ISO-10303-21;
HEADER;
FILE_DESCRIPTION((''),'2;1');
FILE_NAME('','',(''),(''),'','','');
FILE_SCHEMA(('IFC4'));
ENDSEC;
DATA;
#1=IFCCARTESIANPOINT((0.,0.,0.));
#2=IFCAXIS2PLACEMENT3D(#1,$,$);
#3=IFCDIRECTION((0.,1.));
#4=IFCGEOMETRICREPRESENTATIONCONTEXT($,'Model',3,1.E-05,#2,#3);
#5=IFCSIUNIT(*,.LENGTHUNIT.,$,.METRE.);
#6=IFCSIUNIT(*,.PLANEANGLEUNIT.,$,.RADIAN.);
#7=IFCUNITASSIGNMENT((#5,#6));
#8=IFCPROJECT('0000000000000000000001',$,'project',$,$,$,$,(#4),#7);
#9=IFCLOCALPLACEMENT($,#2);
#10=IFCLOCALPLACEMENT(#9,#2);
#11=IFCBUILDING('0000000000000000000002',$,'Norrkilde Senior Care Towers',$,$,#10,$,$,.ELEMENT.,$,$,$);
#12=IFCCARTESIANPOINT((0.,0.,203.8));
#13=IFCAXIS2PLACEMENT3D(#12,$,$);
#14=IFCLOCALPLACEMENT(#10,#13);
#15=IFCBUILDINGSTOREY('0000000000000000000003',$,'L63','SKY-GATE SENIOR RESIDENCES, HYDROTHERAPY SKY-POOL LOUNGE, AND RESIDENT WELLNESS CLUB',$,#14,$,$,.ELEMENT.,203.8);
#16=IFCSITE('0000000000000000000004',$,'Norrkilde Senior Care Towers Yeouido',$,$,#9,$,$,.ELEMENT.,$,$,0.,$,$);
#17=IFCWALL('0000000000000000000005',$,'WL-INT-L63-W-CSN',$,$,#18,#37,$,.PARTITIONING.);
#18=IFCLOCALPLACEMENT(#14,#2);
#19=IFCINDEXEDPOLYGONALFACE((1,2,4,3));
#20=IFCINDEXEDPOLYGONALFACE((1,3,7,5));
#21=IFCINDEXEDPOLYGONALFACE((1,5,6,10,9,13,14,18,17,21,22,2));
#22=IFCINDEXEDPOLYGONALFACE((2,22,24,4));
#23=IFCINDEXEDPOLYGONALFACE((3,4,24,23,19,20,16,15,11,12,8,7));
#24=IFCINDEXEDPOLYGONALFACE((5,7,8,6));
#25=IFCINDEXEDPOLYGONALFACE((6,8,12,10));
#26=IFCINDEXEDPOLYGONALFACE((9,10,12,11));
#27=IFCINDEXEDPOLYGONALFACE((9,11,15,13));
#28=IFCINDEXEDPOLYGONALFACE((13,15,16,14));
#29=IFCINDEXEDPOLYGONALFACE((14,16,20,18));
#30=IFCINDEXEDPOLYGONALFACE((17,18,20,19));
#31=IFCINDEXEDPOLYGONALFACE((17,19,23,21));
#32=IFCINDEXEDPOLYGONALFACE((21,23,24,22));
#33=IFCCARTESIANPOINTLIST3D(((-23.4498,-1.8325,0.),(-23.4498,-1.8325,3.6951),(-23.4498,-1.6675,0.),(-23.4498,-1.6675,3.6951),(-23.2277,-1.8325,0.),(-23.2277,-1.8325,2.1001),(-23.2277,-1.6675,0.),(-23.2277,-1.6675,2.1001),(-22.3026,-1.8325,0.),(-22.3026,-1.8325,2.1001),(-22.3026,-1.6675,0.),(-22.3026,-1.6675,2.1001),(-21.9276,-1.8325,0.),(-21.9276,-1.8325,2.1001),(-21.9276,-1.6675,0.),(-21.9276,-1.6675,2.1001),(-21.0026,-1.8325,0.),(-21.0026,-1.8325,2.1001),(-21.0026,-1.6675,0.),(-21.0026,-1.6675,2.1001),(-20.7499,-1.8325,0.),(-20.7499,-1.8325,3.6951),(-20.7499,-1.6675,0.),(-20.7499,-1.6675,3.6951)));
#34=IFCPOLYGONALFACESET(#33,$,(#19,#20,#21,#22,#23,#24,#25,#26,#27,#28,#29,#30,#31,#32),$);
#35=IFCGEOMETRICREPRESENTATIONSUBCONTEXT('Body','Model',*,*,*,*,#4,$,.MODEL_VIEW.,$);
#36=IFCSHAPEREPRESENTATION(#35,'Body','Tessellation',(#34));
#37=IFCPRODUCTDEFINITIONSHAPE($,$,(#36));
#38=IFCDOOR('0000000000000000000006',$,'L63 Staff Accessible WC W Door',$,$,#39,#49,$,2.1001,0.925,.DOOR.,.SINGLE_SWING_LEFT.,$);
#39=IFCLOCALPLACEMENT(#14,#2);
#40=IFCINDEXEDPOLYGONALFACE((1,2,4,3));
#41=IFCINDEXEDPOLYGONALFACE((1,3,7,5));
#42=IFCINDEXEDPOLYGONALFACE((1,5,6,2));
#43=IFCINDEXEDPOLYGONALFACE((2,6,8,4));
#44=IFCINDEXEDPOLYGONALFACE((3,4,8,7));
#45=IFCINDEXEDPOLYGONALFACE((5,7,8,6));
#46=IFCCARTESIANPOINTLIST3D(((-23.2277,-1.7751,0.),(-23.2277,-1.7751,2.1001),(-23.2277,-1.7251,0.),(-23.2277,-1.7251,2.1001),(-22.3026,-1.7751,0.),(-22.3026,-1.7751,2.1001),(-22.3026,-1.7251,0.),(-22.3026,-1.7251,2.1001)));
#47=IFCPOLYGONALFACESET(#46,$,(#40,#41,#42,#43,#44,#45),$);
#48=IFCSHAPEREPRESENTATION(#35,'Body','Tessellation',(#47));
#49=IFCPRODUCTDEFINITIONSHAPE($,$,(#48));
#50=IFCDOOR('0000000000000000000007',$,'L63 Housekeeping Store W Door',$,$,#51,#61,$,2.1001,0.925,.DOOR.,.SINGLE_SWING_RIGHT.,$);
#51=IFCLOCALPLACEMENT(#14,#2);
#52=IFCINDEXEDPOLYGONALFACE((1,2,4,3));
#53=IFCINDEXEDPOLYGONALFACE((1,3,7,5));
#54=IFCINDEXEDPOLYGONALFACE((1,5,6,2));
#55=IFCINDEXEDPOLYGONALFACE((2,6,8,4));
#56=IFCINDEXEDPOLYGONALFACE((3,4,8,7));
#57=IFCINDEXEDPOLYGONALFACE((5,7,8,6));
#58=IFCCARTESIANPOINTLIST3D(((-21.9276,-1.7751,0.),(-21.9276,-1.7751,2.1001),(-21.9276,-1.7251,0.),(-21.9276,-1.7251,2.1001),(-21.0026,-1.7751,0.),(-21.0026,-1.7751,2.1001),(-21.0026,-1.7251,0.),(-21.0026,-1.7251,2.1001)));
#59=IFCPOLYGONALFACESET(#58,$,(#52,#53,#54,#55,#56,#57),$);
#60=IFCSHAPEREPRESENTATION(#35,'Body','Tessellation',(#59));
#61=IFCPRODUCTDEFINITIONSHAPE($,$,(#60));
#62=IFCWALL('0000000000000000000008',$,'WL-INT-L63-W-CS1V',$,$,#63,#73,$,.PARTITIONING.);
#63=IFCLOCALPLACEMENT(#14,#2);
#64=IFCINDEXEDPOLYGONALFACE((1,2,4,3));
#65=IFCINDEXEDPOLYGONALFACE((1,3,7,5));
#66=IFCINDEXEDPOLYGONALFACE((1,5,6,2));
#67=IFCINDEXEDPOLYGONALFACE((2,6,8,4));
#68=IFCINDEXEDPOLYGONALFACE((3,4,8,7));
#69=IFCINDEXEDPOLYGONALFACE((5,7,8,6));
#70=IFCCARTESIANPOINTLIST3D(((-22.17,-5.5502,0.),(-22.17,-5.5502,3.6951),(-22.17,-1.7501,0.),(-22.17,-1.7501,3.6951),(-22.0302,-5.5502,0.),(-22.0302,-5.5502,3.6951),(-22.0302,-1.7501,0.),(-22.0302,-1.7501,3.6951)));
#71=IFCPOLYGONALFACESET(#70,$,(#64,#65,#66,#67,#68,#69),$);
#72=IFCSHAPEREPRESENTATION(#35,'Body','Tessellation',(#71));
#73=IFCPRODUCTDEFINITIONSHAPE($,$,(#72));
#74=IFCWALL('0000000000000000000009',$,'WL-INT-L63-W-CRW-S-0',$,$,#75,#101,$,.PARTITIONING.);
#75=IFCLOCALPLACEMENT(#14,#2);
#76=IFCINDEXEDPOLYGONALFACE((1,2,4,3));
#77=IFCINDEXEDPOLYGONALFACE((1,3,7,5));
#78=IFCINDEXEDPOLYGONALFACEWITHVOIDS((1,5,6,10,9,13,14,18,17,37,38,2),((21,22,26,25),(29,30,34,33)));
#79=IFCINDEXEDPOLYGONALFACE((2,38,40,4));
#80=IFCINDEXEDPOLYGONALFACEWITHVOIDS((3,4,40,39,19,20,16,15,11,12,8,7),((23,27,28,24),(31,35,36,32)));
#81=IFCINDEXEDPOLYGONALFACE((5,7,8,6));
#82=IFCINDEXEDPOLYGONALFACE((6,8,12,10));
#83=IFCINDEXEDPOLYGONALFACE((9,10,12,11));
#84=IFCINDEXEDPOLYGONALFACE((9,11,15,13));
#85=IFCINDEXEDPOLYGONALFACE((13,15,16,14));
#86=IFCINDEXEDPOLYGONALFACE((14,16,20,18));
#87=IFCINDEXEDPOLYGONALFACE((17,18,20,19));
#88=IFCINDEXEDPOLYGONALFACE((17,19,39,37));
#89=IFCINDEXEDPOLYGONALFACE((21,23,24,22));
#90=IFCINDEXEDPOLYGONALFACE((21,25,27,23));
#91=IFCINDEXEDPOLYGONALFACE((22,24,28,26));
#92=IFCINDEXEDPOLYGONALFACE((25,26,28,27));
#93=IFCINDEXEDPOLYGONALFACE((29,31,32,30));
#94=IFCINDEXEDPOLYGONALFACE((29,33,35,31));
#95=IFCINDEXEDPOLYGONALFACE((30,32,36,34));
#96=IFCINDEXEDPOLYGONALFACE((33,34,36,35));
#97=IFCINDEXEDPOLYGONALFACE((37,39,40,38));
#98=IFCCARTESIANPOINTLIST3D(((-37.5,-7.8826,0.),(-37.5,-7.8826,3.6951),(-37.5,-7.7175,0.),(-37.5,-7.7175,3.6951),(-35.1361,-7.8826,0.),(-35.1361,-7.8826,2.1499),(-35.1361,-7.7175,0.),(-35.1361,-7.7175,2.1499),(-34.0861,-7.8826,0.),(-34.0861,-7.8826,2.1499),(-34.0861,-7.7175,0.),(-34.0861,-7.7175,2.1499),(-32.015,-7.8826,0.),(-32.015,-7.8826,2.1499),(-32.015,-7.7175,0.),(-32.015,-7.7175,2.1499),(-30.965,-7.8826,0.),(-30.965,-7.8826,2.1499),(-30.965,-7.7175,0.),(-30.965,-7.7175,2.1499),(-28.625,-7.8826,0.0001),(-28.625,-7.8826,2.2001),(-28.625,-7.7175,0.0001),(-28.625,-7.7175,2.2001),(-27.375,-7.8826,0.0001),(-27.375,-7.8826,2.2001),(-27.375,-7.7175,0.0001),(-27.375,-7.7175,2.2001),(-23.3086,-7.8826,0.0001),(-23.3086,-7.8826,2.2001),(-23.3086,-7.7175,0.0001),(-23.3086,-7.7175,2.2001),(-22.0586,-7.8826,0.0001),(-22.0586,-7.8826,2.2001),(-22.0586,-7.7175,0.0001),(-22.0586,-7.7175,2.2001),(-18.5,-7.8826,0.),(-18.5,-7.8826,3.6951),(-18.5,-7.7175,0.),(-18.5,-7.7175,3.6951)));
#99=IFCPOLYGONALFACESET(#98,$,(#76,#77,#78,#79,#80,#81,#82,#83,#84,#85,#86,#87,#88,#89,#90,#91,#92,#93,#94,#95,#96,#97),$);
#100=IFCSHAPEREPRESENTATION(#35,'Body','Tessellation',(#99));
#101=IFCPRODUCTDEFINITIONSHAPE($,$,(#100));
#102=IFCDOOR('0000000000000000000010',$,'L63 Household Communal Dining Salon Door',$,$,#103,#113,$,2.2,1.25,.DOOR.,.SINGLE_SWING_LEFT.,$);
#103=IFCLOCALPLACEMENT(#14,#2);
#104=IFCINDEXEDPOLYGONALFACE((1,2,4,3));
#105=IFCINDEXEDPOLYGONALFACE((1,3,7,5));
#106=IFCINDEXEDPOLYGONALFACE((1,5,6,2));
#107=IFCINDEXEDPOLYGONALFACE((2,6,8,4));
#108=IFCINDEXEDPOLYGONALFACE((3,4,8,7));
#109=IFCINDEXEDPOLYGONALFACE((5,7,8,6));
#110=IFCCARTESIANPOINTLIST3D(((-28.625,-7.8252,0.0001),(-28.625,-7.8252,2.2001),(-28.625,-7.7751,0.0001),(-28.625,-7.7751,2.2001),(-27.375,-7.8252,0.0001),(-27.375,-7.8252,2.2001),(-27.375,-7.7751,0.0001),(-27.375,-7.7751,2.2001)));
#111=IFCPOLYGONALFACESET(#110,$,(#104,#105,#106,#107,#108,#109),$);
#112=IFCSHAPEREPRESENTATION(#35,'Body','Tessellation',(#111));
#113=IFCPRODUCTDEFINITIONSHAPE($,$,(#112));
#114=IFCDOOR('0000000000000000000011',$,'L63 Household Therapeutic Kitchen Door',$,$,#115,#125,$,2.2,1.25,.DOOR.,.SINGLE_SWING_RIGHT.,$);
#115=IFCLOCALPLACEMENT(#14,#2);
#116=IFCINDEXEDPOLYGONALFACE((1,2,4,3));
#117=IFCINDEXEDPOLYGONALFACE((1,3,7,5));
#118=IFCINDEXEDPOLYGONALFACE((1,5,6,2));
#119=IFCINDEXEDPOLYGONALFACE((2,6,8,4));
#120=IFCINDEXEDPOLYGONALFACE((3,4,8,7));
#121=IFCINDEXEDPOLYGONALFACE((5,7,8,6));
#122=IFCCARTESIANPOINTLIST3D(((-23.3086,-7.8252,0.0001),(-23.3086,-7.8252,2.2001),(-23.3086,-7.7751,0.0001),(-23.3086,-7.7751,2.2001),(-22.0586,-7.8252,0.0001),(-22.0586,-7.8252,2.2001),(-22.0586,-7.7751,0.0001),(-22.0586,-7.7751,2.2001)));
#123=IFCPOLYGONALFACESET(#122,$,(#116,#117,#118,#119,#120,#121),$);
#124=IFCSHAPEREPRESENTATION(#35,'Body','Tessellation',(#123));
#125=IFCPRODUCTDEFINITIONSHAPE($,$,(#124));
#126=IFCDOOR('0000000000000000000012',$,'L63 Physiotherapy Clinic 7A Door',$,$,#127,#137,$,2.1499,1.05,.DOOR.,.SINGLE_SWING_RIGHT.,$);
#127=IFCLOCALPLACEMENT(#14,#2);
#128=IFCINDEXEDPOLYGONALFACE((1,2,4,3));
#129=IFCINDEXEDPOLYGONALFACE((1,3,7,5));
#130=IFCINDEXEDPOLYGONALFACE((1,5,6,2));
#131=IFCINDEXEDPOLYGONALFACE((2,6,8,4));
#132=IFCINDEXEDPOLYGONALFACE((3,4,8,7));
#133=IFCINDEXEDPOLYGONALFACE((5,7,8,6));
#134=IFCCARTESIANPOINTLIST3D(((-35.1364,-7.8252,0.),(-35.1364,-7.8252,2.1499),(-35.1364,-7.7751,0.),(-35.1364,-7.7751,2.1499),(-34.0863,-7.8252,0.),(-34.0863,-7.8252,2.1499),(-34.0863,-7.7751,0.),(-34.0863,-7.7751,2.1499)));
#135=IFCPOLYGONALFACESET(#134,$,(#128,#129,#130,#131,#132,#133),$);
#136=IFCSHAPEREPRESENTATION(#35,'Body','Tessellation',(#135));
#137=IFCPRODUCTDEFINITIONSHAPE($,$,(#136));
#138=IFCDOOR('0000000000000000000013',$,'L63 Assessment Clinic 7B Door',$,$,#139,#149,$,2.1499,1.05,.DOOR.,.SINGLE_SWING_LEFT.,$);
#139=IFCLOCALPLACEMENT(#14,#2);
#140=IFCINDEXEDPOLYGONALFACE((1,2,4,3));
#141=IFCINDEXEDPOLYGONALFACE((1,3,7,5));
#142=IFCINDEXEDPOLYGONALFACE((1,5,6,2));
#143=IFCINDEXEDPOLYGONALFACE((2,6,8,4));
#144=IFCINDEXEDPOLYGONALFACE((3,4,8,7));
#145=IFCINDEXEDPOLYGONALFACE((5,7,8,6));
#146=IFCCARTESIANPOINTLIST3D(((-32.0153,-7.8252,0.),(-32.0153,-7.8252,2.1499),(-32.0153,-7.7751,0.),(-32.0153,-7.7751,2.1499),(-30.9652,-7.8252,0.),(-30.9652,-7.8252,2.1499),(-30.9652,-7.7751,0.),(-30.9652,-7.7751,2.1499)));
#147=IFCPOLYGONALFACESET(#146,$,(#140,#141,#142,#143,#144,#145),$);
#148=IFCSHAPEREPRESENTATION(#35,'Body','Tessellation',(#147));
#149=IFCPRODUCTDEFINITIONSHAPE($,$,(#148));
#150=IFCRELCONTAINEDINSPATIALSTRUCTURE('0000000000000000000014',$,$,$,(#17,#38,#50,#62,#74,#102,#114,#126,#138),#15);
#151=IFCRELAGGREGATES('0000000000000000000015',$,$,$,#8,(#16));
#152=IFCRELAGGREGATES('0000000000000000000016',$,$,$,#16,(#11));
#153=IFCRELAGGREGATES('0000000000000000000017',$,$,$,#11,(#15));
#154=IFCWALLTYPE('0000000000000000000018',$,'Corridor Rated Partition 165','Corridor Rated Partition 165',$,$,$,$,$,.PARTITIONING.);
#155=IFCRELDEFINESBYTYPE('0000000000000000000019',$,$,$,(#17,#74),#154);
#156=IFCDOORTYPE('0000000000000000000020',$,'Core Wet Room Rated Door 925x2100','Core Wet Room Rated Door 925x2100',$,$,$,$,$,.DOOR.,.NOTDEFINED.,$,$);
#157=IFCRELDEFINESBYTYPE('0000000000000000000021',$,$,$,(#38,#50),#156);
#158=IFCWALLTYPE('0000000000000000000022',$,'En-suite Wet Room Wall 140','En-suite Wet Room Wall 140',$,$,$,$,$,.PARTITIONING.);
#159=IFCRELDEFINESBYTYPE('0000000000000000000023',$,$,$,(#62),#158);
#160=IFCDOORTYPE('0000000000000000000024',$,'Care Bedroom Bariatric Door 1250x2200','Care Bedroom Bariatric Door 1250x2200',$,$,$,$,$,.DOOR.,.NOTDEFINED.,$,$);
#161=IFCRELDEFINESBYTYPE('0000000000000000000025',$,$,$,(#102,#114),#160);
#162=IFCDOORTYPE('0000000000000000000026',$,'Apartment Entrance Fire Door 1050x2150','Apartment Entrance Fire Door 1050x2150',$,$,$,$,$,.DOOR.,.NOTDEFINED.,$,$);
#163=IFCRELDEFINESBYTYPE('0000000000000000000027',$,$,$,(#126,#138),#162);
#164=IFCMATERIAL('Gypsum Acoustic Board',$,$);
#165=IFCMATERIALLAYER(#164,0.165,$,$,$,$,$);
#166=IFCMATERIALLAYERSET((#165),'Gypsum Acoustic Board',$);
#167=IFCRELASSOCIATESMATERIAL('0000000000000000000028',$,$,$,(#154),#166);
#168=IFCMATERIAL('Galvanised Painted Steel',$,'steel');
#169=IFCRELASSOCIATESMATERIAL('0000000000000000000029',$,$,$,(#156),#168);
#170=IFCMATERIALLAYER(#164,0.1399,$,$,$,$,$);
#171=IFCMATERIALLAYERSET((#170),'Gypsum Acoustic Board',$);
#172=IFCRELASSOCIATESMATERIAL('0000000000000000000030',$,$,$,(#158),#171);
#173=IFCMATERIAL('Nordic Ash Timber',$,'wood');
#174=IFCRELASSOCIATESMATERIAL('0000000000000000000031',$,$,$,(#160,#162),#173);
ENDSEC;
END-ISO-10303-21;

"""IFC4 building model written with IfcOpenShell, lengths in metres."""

from ifc_helpers import new_model, si_unit, direction, frame, frame_2d, origin, place, context, subcontext, project, spatial, rectangle, extrude, source, transform, mapped, material, layer, layer_set, type_object, type_shapes, element, fill, save


model = new_model("IFC4")

# Units and contexts
model_context = context("Model", 3, precision=1e-05, world=origin(), true_north=direction((0.0, 1.0)))
body_context = subcontext(model_context, "Body", "Model", "MODEL_VIEW")
ifc_project = project(units=[si_unit("LENGTHUNIT", "METRE"), si_unit("PLANEANGLEUNIT", "RADIAN")], contexts=[model_context])

# Site, building, storey
site_placement = place(None, origin())
site = spatial("IfcSite", under=ifc_project, at=site_placement, Name="Norrkilde Senior Care Towers Yeouido", CompositionType="ELEMENT", RefElevation=0.0)
building_placement = place(site_placement, origin())
building = spatial("IfcBuilding", under=site, at=building_placement, Name="Norrkilde Senior Care Towers", CompositionType="ELEMENT")
storey_placement = place(building_placement, frame((0.0, 0.0, 203.8)))
storey = spatial("IfcBuildingStorey", under=building, at=storey_placement, Name="L63", Description="SKY-GATE SENIOR RESIDENCES, HYDROTHERAPY SKY-POOL LOUNGE, AND RESIDENT WELLNESS CLUB", CompositionType="ELEMENT", Elevation=203.8)

# Wall, openings, doors
ifc_material_1 = material(Name="Gypsum Acoustic Board")
ifc_layer_1 = layer(ifc_material_1, 0.165)
ifc_layer_set_1 = layer_set([ifc_layer_1], Name="Gypsum Acoustic Board")
wall_type_1 = type_object("IfcWallType", Name="Corridor Rated Partition 165", Description="Corridor Rated Partition 165", PredefinedType="PARTITIONING", material=ifc_layer_set_1)
shared_shape_1 = source(origin(), body_context, "Body", "SweptSolid", [
    extrude(rectangle(XDim=2.7, YDim=0.165, at=frame_2d((1.3501, 0.0))), origin(), (0.0, 0.0, 1.0), 3.6951),
])
wall_1_placement = place(storey_placement, frame((-23.45, -1.75, 0.0), z_axis=(0.0, 0.0, 1.0), x_axis=(1.0, 0.0, 0.0)))
wall_1 = element("IfcWall", 1, at=wall_1_placement, inside=storey, type_object=wall_type_1, Name="WL-INT-L63-W-CSN", PredefinedType="PARTITIONING", context=body_context, shape_type="MappedRepresentation", body=[
    mapped(shared_shape_1, transform((0.0, 0.0, 0.0), x_axis=(1.0, 0.0, 0.0), y_axis=(0.0, 1.0, 0.0), z_axis=(0.0, 0.0, 1.0), scale=1.0)),
])
opening_1_placement = place(wall_1_placement, frame((0.2224, 0.0, 0.0)))
opening_1 = element("IfcOpeningElement", 2, at=opening_1_placement, cuts=wall_1, PredefinedType="OPENING", context=body_context, shape_type="SweptSolid", body=[
    extrude(rectangle(XDim=0.925, YDim=2.1001, at=frame_2d((0.4624, 1.05))), frame((0.0, 0.0925, 0.0), z_axis=(0.0, -1.0, 0.0), x_axis=(1.0, 0.0, 0.0)), (0.0, 0.0, 1.0), 0.1851),
])
opening_2_placement = place(wall_1_placement, frame((1.5225, 0.0, 0.0)))
opening_2 = element("IfcOpeningElement", 3, at=opening_2_placement, cuts=wall_1, PredefinedType="OPENING", context=body_context, shape_type="SweptSolid", body=[
    extrude(rectangle(XDim=0.925, YDim=2.1001, at=frame_2d((0.4624, 1.05))), frame((0.0, 0.0925, 0.0), z_axis=(0.0, -1.0, 0.0), x_axis=(1.0, 0.0, 0.0)), (0.0, 0.0, 1.0), 0.1851),
])
ifc_material_2 = material(Name="Galvanised Painted Steel", Category="steel")
door_type_1 = type_object("IfcDoorType", Name="Core Wet Room Rated Door 925x2100", Description="Core Wet Room Rated Door 925x2100", OperationType="NOTDEFINED", PredefinedType="DOOR", material=ifc_material_2)
shared_shape_2 = source(origin(), body_context, "Body", "SweptSolid", [
    extrude(rectangle(XDim=0.925, YDim=2.1001, at=frame_2d((0.4624, 1.05))), frame((0.0, 0.0249, 0.0), z_axis=(0.0, -1.0, 0.0), x_axis=(1.0, 0.0, 0.0)), (0.0, 0.0, 1.0), 0.05),
])
type_shapes(door_type_1, [shared_shape_2])
door_1_placement = place(opening_1_placement, origin())
door_1 = element("IfcDoor", 4, at=door_1_placement, inside=storey, type_object=door_type_1, Name="L63 Staff Accessible WC W Door", OperationType="SINGLE_SWING_LEFT", OverallHeight=2.1001, OverallWidth=0.925, PredefinedType="DOOR", context=body_context, shape_type="MappedRepresentation", body=[
    mapped(shared_shape_2, transform((0.0, 0.0, 0.0), x_axis=(1.0, 0.0, 0.0), y_axis=(0.0, 1.0, 0.0), z_axis=(0.0, 0.0, 1.0), scale=1.0)),
])
fill(opening_1, door_1)
door_2_placement = place(opening_2_placement, origin())
door_2 = element("IfcDoor", 5, at=door_2_placement, inside=storey, type_object=door_type_1, Name="L63 Housekeeping Store W Door", OperationType="SINGLE_SWING_RIGHT", OverallHeight=2.1001, OverallWidth=0.925, PredefinedType="DOOR", context=body_context, shape_type="MappedRepresentation", body=[
    mapped(shared_shape_2, transform((0.0, 0.0, 0.0), x_axis=(1.0, 0.0, 0.0), y_axis=(0.0, 1.0, 0.0), z_axis=(0.0, 0.0, 1.0), scale=1.0)),
])
fill(opening_2, door_2)

# Wall
ifc_layer_2 = layer(ifc_material_1, 0.1399)
ifc_layer_set_2 = layer_set([ifc_layer_2], Name="Gypsum Acoustic Board")
wall_type_2 = type_object("IfcWallType", Name="En-suite Wet Room Wall 140", Description="En-suite Wet Room Wall 140", PredefinedType="PARTITIONING", material=ifc_layer_set_2)
shared_shape_3 = source(origin(), body_context, "Body", "SweptSolid", [
    extrude(rectangle(XDim=3.8, YDim=0.1399, at=frame_2d((1.8999, 0.0))), origin(), (0.0, 0.0, 1.0), 3.6951),
])
type_shapes(wall_type_2, [shared_shape_3])
wall_2_placement = place(storey_placement, frame((-22.1001, -5.55, 0.0), z_axis=(0.0, 0.0, 1.0), x_axis=(0.0, 1.0, 0.0)))
element("IfcWall", 6, at=wall_2_placement, inside=storey, type_object=wall_type_2, Name="WL-INT-L63-W-CS1V", PredefinedType="PARTITIONING", context=body_context, shape_type="MappedRepresentation", body=[
    mapped(shared_shape_3, transform((0.0, 0.0, 0.0), x_axis=(1.0, 0.0, 0.0), y_axis=(0.0, 1.0, 0.0), z_axis=(0.0, 0.0, 1.0), scale=1.0)),
])

# Wall, openings, doors
shared_shape_4 = source(origin(), body_context, "Body", "SweptSolid", [
    extrude(rectangle(XDim=19.0, YDim=0.165, at=frame_2d((9.5, 0.0))), origin(), (0.0, 0.0, 1.0), 3.6951),
])
wall_3_placement = place(storey_placement, frame((-18.5, -7.8, 0.0), z_axis=(0.0, 0.0, 1.0), x_axis=(-1.0, 0.0, 0.0)))
wall_3 = element("IfcWall", 7, at=wall_3_placement, inside=storey, type_object=wall_type_1, Name="WL-INT-L63-W-CRW-S-0", PredefinedType="PARTITIONING", context=body_context, shape_type="MappedRepresentation", body=[
    mapped(shared_shape_4, transform((0.0, 0.0, 0.0), x_axis=(1.0, 0.0, 0.0), y_axis=(0.0, 1.0, 0.0), z_axis=(0.0, 0.0, 1.0), scale=1.0)),
])
opening_3_placement = place(wall_3_placement, frame((15.5862, 0.0, 0.0)))
opening_3 = element("IfcOpeningElement", 8, at=opening_3_placement, cuts=wall_3, PredefinedType="OPENING", context=body_context, shape_type="SweptSolid", body=[
    extrude(rectangle(XDim=1.05, YDim=2.1499, at=frame_2d((0.5249, 1.075))), frame((0.0, 0.0925, 0.0), z_axis=(0.0, -1.0, 0.0), x_axis=(1.0, 0.0, 0.0)), (0.0, 0.0, 1.0), 0.1851),
])
opening_4_placement = place(wall_3_placement, frame((12.4651, 0.0, 0.0)))
opening_4 = element("IfcOpeningElement", 9, at=opening_4_placement, cuts=wall_3, PredefinedType="OPENING", context=body_context, shape_type="SweptSolid", body=[
    extrude(rectangle(XDim=1.05, YDim=2.1499, at=frame_2d((0.5249, 1.075))), frame((0.0, 0.0925, 0.0), z_axis=(0.0, -1.0, 0.0), x_axis=(1.0, 0.0, 0.0)), (0.0, 0.0, 1.0), 0.1851),
])
opening_5_placement = place(wall_3_placement, frame((8.875, 0.0, 0.0)))
opening_5 = element("IfcOpeningElement", 10, at=opening_5_placement, cuts=wall_3, PredefinedType="OPENING", context=body_context, shape_type="SweptSolid", body=[
    extrude(rectangle(XDim=1.25, YDim=2.2, at=frame_2d((0.625, 1.1001))), frame((0.0, 0.0925, 0.0), z_axis=(0.0, -1.0, 0.0), x_axis=(1.0, 0.0, 0.0)), (0.0, 0.0, 1.0), 0.1851),
])
opening_6_placement = place(wall_3_placement, frame((3.5586, 0.0, 0.0)))
opening_6 = element("IfcOpeningElement", 11, at=opening_6_placement, cuts=wall_3, PredefinedType="OPENING", context=body_context, shape_type="SweptSolid", body=[
    extrude(rectangle(XDim=1.25, YDim=2.2, at=frame_2d((0.625, 1.1001))), frame((0.0, 0.0925, 0.0), z_axis=(0.0, -1.0, 0.0), x_axis=(1.0, 0.0, 0.0)), (0.0, 0.0, 1.0), 0.1851),
])
ifc_material_3 = material(Name="Nordic Ash Timber", Category="wood")
door_type_2 = type_object("IfcDoorType", Name="Care Bedroom Bariatric Door 1250x2200", Description="Care Bedroom Bariatric Door 1250x2200", OperationType="NOTDEFINED", PredefinedType="DOOR", material=ifc_material_3)
shared_shape_5 = source(origin(), body_context, "Body", "SweptSolid", [
    extrude(rectangle(XDim=1.25, YDim=2.2, at=frame_2d((0.625, 1.1001))), frame((0.0, 0.0249, 0.0), z_axis=(0.0, -1.0, 0.0), x_axis=(1.0, 0.0, 0.0)), (0.0, 0.0, 1.0), 0.05),
])
type_shapes(door_type_2, [shared_shape_5])
door_3_placement = place(opening_5_placement, frame((1.25, 0.0, 0.0), z_axis=(0.0, 0.0, 1.0), x_axis=(-1.0, 0.0, 0.0)))
door_3 = element("IfcDoor", 12, at=door_3_placement, inside=storey, type_object=door_type_2, Name="L63 Household Communal Dining Salon Door", OperationType="SINGLE_SWING_LEFT", OverallHeight=2.2, OverallWidth=1.25, PredefinedType="DOOR", context=body_context, shape_type="MappedRepresentation", body=[
    mapped(shared_shape_5, transform((0.0, 0.0, 0.0), x_axis=(1.0, 0.0, 0.0), y_axis=(0.0, 1.0, 0.0), z_axis=(0.0, 0.0, 1.0), scale=1.0)),
])
fill(opening_5, door_3)
door_4_placement = place(opening_6_placement, frame((1.25, 0.0, 0.0), z_axis=(0.0, 0.0, 1.0), x_axis=(-1.0, 0.0, 0.0)))
door_4 = element("IfcDoor", 13, at=door_4_placement, inside=storey, type_object=door_type_2, Name="L63 Household Therapeutic Kitchen Door", OperationType="SINGLE_SWING_RIGHT", OverallHeight=2.2, OverallWidth=1.25, PredefinedType="DOOR", context=body_context, shape_type="MappedRepresentation", body=[
    mapped(shared_shape_5, transform((0.0, 0.0, 0.0), x_axis=(1.0, 0.0, 0.0), y_axis=(0.0, 1.0, 0.0), z_axis=(0.0, 0.0, 1.0), scale=1.0)),
])
fill(opening_6, door_4)
door_type_3 = type_object("IfcDoorType", Name="Apartment Entrance Fire Door 1050x2150", Description="Apartment Entrance Fire Door 1050x2150", OperationType="NOTDEFINED", PredefinedType="DOOR", material=ifc_material_3)
shared_shape_6 = source(origin(), body_context, "Body", "SweptSolid", [
    extrude(rectangle(XDim=1.05, YDim=2.1499, at=frame_2d((0.5249, 1.075))), frame((0.0, 0.0249, 0.0), z_axis=(0.0, -1.0, 0.0), x_axis=(1.0, 0.0, 0.0)), (0.0, 0.0, 1.0), 0.05),
])
type_shapes(door_type_3, [shared_shape_6])
door_5_placement = place(opening_3_placement, frame((1.05, 0.0, 0.0), z_axis=(0.0, 0.0, 1.0), x_axis=(-1.0, 0.0, 0.0)))
door_5 = element("IfcDoor", 14, at=door_5_placement, inside=storey, type_object=door_type_3, Name="L63 Physiotherapy Clinic 7A Door", OperationType="SINGLE_SWING_RIGHT", OverallHeight=2.1499, OverallWidth=1.05, PredefinedType="DOOR", context=body_context, shape_type="MappedRepresentation", body=[
    mapped(shared_shape_6, transform((0.0, 0.0, 0.0), x_axis=(1.0, 0.0, 0.0), y_axis=(0.0, 1.0, 0.0), z_axis=(0.0, 0.0, 1.0), scale=1.0)),
])
fill(opening_3, door_5)
door_6_placement = place(opening_4_placement, frame((1.05, 0.0, 0.0), z_axis=(0.0, 0.0, 1.0), x_axis=(-1.0, 0.0, 0.0)))
door_6 = element("IfcDoor", 15, at=door_6_placement, inside=storey, type_object=door_type_3, Name="L63 Assessment Clinic 7B Door", OperationType="SINGLE_SWING_LEFT", OverallHeight=2.1499, OverallWidth=1.05, PredefinedType="DOOR", context=body_context, shape_type="MappedRepresentation", body=[
    mapped(shared_shape_6, transform((0.0, 0.0, 0.0), x_axis=(1.0, 0.0, 0.0), y_axis=(0.0, 1.0, 0.0), z_axis=(0.0, 0.0, 1.0), scale=1.0)),
])
fill(opening_4, door_6)

save(model, "model.ifc")
